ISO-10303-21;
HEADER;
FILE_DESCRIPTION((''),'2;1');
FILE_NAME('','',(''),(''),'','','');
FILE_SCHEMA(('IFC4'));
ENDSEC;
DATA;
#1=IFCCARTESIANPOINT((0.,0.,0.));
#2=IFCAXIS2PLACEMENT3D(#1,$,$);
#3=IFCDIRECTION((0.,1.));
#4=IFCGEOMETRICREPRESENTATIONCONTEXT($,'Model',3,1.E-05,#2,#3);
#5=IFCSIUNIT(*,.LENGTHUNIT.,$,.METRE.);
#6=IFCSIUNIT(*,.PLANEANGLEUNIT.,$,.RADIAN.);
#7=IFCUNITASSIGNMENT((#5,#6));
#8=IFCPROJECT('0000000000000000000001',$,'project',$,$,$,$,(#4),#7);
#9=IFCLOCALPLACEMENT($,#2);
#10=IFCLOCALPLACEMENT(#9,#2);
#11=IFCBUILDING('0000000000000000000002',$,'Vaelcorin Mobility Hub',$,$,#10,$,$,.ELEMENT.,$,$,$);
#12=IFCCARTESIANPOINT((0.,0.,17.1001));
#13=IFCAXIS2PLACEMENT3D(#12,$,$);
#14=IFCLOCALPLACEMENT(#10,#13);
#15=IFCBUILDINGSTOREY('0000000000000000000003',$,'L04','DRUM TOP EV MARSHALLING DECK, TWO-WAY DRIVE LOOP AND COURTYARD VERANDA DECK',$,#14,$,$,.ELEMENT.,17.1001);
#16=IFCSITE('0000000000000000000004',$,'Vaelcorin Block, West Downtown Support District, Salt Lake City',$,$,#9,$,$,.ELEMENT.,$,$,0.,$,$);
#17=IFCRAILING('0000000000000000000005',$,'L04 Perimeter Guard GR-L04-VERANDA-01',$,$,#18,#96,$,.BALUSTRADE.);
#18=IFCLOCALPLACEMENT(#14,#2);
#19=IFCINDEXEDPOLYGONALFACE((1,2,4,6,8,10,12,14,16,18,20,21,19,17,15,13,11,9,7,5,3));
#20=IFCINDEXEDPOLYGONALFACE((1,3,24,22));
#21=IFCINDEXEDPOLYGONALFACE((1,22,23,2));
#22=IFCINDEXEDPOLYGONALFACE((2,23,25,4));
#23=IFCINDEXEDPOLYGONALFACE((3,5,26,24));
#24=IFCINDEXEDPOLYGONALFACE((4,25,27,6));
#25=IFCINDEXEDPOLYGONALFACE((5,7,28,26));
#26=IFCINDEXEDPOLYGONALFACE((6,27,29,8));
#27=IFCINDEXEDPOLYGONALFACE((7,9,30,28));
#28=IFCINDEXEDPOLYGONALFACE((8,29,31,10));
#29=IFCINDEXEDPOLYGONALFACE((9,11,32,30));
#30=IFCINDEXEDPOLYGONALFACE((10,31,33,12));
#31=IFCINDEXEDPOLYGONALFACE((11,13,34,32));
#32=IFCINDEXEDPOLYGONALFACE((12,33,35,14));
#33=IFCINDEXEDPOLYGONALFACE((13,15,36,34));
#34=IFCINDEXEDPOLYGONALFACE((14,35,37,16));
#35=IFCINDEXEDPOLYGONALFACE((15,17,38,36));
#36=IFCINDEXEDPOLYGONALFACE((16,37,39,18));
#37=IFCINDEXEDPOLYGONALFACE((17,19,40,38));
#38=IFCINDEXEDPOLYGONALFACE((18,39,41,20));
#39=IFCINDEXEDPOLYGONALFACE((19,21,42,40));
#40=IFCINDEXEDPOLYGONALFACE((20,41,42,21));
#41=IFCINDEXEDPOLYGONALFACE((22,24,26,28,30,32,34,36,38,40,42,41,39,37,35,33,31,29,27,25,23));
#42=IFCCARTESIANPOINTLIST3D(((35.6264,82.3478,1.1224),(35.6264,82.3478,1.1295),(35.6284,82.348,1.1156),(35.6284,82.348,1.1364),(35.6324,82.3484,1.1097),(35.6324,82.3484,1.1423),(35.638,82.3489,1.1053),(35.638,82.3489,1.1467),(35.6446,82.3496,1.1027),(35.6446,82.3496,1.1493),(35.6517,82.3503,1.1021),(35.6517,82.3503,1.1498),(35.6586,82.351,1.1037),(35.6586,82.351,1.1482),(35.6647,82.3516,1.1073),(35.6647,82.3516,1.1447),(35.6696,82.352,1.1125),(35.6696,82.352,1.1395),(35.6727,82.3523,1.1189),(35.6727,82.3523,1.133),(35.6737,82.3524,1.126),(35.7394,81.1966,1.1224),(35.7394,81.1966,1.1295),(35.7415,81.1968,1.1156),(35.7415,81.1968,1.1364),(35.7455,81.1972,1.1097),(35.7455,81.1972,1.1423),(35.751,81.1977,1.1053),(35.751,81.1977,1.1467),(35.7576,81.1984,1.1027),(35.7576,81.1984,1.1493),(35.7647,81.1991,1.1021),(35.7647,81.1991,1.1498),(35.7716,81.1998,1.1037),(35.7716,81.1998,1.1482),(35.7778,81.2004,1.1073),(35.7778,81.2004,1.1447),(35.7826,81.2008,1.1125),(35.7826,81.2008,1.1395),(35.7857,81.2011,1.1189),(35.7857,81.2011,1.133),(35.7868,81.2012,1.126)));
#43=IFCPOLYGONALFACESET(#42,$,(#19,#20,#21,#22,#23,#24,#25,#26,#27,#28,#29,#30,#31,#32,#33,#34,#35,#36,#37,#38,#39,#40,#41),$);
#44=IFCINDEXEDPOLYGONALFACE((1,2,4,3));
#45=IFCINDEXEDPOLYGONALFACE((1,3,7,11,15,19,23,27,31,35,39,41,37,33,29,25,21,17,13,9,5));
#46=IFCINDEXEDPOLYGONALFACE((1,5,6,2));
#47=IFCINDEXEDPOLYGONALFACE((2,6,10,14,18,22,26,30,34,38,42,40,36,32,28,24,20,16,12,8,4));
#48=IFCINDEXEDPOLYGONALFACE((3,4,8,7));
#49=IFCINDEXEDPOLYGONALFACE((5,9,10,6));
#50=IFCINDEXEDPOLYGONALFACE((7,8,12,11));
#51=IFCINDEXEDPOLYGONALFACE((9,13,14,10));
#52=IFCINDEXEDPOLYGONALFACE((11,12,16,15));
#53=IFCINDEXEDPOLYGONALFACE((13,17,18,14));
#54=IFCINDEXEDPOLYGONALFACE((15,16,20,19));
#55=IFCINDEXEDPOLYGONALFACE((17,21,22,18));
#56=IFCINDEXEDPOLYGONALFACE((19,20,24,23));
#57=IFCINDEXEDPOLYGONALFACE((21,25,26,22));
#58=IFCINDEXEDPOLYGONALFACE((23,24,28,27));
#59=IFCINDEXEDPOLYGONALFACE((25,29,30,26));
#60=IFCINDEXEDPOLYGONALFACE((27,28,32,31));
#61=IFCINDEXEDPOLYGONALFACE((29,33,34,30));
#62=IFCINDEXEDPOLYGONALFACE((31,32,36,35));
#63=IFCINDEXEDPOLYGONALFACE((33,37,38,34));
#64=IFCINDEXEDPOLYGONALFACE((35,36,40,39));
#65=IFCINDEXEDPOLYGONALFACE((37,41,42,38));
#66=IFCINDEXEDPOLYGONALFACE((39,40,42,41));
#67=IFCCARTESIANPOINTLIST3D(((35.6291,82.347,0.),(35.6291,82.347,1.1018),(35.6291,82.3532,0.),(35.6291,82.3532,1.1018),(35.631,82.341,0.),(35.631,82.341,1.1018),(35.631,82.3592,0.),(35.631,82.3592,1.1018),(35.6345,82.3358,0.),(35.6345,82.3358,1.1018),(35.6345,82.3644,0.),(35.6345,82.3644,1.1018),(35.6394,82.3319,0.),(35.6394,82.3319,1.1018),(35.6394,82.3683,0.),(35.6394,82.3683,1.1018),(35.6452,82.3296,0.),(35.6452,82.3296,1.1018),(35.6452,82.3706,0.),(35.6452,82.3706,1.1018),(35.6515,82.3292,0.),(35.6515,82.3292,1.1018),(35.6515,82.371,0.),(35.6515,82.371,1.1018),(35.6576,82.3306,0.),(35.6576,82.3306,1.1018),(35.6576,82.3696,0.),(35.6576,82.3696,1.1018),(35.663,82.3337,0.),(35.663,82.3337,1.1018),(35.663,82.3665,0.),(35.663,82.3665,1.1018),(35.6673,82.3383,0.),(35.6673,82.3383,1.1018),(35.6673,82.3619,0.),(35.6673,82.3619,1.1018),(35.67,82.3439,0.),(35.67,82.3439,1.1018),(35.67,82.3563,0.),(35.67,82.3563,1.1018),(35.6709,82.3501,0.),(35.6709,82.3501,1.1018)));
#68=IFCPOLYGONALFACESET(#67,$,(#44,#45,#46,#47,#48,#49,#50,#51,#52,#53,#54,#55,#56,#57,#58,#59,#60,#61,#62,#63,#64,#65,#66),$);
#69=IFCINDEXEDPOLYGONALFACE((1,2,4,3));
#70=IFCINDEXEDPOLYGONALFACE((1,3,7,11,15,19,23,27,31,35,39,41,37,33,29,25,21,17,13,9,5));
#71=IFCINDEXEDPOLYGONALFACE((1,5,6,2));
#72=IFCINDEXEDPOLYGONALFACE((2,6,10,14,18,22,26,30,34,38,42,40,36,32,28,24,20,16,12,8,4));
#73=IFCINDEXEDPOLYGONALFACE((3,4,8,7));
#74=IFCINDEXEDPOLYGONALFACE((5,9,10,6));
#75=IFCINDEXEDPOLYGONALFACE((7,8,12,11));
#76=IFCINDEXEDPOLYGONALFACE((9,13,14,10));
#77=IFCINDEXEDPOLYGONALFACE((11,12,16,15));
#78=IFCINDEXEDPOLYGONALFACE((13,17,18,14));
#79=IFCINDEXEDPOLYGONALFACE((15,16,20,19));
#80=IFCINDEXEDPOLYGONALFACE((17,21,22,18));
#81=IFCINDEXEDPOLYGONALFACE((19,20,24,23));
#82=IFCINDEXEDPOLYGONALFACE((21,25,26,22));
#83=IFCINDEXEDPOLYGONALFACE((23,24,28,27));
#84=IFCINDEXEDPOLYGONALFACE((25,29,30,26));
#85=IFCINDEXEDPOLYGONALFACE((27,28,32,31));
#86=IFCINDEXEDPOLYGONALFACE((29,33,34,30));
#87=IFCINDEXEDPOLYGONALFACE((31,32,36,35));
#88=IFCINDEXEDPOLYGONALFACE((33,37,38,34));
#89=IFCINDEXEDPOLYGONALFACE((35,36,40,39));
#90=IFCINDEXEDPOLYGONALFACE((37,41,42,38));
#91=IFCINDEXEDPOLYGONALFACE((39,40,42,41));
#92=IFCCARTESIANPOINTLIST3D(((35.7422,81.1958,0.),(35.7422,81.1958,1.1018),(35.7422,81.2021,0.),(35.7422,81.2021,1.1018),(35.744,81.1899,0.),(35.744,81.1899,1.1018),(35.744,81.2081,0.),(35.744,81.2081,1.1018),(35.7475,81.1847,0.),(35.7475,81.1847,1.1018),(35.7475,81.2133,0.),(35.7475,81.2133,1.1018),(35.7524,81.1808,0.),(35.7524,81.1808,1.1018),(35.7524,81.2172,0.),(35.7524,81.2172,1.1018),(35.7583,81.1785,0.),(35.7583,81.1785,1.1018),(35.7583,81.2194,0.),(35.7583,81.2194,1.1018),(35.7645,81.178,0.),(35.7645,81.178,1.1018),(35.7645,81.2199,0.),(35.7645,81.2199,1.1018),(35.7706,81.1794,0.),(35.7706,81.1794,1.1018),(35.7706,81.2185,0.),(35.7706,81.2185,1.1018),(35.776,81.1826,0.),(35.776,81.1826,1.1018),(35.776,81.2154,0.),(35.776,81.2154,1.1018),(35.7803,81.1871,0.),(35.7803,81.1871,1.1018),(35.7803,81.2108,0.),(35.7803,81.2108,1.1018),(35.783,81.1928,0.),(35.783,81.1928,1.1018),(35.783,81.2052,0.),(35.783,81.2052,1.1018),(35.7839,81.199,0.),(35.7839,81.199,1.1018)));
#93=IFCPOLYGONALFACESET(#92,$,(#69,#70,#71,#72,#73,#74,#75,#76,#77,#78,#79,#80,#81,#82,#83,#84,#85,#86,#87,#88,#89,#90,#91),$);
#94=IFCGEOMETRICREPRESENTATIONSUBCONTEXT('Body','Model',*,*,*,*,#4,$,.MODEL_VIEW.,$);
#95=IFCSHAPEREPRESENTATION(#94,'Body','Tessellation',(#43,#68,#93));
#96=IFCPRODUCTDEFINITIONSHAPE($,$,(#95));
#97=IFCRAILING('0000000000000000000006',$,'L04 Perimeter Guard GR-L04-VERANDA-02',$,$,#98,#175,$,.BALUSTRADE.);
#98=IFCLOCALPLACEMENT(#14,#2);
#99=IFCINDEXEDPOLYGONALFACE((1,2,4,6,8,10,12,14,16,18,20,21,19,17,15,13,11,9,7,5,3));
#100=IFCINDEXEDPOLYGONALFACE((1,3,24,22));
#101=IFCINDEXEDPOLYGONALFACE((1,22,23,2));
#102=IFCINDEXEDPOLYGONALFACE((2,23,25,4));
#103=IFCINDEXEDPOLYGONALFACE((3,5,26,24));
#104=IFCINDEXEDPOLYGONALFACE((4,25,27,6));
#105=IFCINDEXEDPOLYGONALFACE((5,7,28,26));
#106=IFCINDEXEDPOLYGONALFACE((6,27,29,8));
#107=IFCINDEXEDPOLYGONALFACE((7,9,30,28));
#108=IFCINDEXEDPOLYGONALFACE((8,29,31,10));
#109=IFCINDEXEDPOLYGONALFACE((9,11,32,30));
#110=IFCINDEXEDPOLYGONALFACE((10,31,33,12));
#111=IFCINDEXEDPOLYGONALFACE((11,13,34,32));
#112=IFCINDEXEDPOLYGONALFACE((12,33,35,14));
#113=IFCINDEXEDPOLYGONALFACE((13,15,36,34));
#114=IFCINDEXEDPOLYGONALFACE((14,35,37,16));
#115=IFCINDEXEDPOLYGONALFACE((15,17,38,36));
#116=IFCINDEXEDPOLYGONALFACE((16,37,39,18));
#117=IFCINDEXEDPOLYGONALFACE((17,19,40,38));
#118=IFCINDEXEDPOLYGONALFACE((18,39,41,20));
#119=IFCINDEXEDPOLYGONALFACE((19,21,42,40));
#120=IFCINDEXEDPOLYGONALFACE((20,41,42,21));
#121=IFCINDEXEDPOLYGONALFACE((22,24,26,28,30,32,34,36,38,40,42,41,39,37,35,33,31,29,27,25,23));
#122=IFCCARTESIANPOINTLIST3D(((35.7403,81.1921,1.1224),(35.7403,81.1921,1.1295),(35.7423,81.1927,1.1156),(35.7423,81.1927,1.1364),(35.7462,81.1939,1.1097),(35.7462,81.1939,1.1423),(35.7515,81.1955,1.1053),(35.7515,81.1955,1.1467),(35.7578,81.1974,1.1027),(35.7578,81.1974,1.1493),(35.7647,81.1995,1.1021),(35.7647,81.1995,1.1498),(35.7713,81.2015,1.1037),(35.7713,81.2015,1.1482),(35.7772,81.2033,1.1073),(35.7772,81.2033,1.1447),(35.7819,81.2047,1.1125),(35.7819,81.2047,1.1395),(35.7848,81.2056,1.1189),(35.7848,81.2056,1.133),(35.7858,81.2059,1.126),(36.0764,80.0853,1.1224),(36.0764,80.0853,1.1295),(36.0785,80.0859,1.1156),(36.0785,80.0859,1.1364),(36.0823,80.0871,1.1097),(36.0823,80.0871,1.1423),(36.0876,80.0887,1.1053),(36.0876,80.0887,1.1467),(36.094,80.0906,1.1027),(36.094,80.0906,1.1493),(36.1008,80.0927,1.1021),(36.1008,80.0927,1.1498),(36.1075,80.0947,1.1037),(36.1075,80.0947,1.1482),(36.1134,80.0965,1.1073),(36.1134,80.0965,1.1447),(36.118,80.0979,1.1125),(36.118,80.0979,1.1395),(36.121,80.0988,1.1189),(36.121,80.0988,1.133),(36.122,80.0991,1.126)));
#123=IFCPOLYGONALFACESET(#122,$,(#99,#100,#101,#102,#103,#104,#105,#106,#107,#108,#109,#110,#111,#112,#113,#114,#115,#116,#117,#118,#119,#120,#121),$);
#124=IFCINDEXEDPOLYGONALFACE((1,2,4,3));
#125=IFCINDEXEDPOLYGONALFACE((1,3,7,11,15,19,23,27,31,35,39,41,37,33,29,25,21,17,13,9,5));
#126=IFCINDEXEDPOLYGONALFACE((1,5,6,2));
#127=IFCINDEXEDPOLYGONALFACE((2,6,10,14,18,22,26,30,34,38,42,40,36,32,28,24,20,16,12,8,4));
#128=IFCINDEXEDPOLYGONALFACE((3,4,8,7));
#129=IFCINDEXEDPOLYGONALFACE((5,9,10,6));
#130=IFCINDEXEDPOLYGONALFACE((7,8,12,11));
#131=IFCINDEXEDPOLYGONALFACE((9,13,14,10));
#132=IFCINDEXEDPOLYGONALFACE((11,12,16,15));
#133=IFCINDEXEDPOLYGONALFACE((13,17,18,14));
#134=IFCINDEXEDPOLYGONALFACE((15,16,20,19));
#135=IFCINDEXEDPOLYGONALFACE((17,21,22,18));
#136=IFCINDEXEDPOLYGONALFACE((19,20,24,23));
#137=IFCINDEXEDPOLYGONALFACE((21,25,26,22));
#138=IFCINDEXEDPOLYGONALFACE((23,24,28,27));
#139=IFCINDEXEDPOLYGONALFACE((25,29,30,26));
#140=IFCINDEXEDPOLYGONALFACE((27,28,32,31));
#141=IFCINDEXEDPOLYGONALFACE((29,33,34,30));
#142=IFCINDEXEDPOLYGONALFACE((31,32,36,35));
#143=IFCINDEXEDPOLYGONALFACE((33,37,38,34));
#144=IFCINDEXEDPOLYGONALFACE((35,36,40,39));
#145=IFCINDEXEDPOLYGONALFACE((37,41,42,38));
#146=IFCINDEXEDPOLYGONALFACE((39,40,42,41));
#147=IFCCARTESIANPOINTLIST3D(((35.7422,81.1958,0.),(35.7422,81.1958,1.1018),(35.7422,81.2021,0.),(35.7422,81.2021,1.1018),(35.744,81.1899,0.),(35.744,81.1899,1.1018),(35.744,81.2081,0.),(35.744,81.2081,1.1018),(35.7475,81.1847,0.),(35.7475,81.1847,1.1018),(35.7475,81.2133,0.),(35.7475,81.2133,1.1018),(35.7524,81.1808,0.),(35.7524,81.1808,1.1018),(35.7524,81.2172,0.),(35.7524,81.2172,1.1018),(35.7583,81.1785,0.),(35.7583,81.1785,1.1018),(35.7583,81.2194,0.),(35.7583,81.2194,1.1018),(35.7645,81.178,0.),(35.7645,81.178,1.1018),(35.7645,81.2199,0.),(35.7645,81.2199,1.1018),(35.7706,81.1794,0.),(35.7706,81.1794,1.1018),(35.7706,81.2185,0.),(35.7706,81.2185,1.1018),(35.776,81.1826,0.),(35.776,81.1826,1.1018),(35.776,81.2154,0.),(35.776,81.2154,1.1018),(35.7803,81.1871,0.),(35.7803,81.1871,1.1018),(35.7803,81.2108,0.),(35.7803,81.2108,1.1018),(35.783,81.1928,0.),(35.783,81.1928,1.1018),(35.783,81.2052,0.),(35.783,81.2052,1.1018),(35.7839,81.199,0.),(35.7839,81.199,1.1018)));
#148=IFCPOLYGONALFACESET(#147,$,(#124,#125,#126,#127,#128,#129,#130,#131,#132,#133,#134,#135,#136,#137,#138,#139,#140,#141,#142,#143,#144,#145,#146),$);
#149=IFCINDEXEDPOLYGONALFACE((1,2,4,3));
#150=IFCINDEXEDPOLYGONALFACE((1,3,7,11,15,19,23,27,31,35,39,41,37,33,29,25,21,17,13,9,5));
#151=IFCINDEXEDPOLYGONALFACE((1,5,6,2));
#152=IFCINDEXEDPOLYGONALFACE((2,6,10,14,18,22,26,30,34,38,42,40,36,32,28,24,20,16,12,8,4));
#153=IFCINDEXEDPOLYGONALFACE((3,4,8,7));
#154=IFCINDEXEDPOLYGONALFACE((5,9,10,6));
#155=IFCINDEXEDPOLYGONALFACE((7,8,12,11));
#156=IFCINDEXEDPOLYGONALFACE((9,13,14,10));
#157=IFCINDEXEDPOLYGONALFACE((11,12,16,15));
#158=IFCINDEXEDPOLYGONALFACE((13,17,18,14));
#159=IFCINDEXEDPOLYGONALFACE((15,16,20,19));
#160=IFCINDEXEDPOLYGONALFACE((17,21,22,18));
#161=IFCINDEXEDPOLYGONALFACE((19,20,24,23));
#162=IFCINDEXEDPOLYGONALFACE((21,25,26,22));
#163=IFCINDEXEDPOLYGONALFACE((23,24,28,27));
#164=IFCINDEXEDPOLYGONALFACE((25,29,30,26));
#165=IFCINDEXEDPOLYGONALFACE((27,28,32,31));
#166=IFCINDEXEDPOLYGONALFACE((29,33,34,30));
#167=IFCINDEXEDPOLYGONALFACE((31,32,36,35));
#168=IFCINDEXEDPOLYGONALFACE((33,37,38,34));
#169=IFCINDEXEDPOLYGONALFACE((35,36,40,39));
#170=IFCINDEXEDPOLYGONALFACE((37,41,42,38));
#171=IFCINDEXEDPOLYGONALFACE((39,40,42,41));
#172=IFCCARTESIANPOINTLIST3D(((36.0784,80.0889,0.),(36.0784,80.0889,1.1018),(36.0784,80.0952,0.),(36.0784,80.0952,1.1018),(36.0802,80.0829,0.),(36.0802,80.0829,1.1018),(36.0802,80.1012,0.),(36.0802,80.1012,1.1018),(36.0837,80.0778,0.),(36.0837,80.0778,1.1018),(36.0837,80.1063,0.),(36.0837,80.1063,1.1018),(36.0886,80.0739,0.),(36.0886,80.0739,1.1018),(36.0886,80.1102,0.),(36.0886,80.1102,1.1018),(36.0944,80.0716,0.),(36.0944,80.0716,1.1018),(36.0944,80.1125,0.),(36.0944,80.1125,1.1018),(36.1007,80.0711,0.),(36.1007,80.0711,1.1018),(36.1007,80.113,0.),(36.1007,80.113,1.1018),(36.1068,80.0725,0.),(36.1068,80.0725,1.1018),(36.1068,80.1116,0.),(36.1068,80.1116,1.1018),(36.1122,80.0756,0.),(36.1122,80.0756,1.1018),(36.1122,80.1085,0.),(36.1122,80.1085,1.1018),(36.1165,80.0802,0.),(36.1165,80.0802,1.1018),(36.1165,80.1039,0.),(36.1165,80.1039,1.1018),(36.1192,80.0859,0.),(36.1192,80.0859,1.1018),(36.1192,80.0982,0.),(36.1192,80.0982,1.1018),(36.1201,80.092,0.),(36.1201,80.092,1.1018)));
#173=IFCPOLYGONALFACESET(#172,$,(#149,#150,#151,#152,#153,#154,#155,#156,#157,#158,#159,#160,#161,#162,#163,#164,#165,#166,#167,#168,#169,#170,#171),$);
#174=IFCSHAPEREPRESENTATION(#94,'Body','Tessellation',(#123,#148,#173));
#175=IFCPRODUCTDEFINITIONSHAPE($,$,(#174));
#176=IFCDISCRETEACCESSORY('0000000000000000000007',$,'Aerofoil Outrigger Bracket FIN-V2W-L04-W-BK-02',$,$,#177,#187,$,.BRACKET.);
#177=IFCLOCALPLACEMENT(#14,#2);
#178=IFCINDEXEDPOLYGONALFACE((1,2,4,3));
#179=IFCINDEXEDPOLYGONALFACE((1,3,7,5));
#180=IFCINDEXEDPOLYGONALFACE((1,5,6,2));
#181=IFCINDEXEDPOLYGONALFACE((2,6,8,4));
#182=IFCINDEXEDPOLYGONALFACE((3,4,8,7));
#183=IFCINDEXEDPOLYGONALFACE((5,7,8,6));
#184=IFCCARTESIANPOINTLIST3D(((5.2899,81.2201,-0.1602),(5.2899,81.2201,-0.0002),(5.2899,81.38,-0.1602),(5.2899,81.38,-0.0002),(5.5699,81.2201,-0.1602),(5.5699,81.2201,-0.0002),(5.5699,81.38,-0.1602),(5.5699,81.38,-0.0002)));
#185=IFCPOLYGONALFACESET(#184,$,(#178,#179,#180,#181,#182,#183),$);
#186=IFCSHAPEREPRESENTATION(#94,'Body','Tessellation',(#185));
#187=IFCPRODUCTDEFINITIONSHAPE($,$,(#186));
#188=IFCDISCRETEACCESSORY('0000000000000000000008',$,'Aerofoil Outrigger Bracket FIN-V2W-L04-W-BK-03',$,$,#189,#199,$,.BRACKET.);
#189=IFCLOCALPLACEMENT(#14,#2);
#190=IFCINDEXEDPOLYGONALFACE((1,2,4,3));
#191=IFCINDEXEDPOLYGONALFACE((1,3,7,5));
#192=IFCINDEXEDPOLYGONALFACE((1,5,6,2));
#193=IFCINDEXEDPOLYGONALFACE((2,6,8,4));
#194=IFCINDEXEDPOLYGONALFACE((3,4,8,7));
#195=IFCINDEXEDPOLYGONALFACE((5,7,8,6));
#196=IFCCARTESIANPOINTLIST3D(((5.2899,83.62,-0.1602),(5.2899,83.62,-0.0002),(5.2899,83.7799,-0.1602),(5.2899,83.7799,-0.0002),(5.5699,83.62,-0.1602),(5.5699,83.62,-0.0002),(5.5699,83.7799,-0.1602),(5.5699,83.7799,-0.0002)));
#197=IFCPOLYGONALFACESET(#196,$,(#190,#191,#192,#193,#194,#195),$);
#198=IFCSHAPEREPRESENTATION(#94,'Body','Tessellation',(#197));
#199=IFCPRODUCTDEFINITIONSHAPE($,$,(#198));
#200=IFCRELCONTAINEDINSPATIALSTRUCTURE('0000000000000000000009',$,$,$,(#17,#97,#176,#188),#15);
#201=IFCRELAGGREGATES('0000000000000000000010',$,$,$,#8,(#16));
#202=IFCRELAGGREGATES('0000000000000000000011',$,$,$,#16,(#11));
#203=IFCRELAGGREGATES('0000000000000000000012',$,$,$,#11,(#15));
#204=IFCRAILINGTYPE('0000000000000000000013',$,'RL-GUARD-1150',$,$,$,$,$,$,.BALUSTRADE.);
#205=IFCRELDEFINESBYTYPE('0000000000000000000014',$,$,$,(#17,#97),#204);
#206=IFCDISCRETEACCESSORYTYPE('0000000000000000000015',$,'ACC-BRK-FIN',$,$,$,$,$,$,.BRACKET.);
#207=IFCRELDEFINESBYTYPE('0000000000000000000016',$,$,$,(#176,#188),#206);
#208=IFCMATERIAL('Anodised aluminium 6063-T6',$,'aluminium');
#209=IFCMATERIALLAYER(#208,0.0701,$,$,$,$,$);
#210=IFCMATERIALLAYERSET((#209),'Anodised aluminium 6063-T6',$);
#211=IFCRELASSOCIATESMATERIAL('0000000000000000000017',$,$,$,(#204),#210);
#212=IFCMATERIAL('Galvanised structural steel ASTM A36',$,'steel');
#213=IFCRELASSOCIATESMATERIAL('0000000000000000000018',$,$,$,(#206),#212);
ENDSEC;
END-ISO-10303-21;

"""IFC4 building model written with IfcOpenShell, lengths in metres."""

from ifc_helpers import new_model, si_unit, direction, frame, origin, origin_2d, place, context, subcontext, project, spatial, rectangle, circle, extrude, material, layer, layer_set, type_object, element, save


model = new_model("IFC4")

# Units and contexts
model_context = context("Model", 3, precision=1e-05, world=origin(), true_north=direction((0.0, 1.0)))
body_context = subcontext(model_context, "Body", "Model", "MODEL_VIEW")
ifc_project = project(units=[si_unit("LENGTHUNIT", "METRE"), si_unit("PLANEANGLEUNIT", "RADIAN")], contexts=[model_context])

# Site, building, storey
site_placement = place(None, origin())
site = spatial("IfcSite", under=ifc_project, at=site_placement, Name="Vaelcorin Block, West Downtown Support District, Salt Lake City", CompositionType="ELEMENT", RefElevation=0.0)
building_placement = place(site_placement, origin())
building = spatial("IfcBuilding", under=site, at=building_placement, Name="Vaelcorin Mobility Hub", CompositionType="ELEMENT")
storey_placement = place(building_placement, frame((0.0, 0.0, 17.1001)))
storey = spatial("IfcBuildingStorey", under=building, at=storey_placement, Name="L04", Description="DRUM TOP EV MARSHALLING DECK, TWO-WAY DRIVE LOOP AND COURTYARD VERANDA DECK", CompositionType="ELEMENT", Elevation=17.1001)

# Railings
ifc_material_1 = material(Name="Galvanised structural steel ASTM A36", Category="steel")
ifc_material_2 = material(Name="Anodised aluminium 6063-T6", Category="aluminium")
ifc_layer_1 = layer(ifc_material_2, 0.0701)
ifc_layer_set_1 = layer_set([ifc_layer_1], Name="Anodised aluminium 6063-T6")
railing_type_1 = type_object("IfcRailingType", Name="RL-GUARD-1150", PredefinedType="BALUSTRADE", material=ifc_layer_set_1)
railing_1_placement = place(storey_placement, frame((35.6499, 82.3501, 0.0)))
element("IfcRailing", 1, at=railing_1_placement, inside=storey, type_object=railing_type_1, Name="L04 Perimeter Guard GR-L04-VERANDA-01", PredefinedType="BALUSTRADE", context=body_context, shape_type="SweptSolid", body=[
    extrude(circle(Radius=0.0239, at=origin_2d()), frame((0.0, 0.0, 1.126), z_axis=(0.097727, -0.995213, 0.0), x_axis=(0.995213, 0.097727, 0.0)), (0.0, 0.0, 1.0), 1.1567),
    extrude(circle(Radius=0.021, at=origin_2d()), origin(), (0.0, 0.0, 1.0), 1.1018),
    extrude(circle(Radius=0.021, at=origin_2d()), frame((0.113, -1.1511, 0.0)), (0.0, 0.0, 1.0), 1.1018),
])
railing_2_placement = place(storey_placement, frame((35.7629, 81.199, 0.0)))
element("IfcRailing", 2, at=railing_2_placement, inside=storey, type_object=railing_type_1, Name="L04 Perimeter Guard GR-L04-VERANDA-02", PredefinedType="BALUSTRADE", context=body_context, shape_type="SweptSolid", body=[
    extrude(circle(Radius=0.0239, at=origin_2d()), frame((0.0, 0.0, 1.126), z_axis=(0.290599, -0.956845, 0.0), x_axis=(0.956845, 0.290599, 0.0)), (0.0, 0.0, 1.0), 1.1567),
    extrude(circle(Radius=0.021, at=origin_2d()), origin(), (0.0, 0.0, 1.0), 1.1018),
    extrude(circle(Radius=0.021, at=origin_2d()), frame((0.3362, -1.1069, 0.0)), (0.0, 0.0, 1.0), 1.1018),
])

# Discrete accessories
discrete_accessory_type = type_object("IfcDiscreteAccessoryType", Name="ACC-BRK-FIN", PredefinedType="BRACKET", material=ifc_material_1)
for number, where, z_axis, x_axis, name in (
    (3, (5.4299, 81.3, -0.1602), (0.0, 0.0, 1.0), (-1.0, 0.0, 0.0), "Aerofoil Outrigger Bracket FIN-V2W-L04-W-BK-02"),
    (4, (5.4299, 83.7, -0.1602), (0.0, 0.0, 1.0), (-1.0, 0.0, 0.0), "Aerofoil Outrigger Bracket FIN-V2W-L04-W-BK-03"),
):
    element("IfcDiscreteAccessory", number, at=place(storey_placement, frame(where, z_axis=z_axis, x_axis=x_axis)), inside=storey, type_object=discrete_accessory_type, Name=name, PredefinedType="BRACKET", context=body_context, shape_type="SweptSolid", body=[
        extrude(rectangle(XDim=0.28, YDim=0.1599, at=origin_2d()), origin(), (0.0, 0.0, 1.0), 0.1599),
    ])

save(model, "model.ifc")
